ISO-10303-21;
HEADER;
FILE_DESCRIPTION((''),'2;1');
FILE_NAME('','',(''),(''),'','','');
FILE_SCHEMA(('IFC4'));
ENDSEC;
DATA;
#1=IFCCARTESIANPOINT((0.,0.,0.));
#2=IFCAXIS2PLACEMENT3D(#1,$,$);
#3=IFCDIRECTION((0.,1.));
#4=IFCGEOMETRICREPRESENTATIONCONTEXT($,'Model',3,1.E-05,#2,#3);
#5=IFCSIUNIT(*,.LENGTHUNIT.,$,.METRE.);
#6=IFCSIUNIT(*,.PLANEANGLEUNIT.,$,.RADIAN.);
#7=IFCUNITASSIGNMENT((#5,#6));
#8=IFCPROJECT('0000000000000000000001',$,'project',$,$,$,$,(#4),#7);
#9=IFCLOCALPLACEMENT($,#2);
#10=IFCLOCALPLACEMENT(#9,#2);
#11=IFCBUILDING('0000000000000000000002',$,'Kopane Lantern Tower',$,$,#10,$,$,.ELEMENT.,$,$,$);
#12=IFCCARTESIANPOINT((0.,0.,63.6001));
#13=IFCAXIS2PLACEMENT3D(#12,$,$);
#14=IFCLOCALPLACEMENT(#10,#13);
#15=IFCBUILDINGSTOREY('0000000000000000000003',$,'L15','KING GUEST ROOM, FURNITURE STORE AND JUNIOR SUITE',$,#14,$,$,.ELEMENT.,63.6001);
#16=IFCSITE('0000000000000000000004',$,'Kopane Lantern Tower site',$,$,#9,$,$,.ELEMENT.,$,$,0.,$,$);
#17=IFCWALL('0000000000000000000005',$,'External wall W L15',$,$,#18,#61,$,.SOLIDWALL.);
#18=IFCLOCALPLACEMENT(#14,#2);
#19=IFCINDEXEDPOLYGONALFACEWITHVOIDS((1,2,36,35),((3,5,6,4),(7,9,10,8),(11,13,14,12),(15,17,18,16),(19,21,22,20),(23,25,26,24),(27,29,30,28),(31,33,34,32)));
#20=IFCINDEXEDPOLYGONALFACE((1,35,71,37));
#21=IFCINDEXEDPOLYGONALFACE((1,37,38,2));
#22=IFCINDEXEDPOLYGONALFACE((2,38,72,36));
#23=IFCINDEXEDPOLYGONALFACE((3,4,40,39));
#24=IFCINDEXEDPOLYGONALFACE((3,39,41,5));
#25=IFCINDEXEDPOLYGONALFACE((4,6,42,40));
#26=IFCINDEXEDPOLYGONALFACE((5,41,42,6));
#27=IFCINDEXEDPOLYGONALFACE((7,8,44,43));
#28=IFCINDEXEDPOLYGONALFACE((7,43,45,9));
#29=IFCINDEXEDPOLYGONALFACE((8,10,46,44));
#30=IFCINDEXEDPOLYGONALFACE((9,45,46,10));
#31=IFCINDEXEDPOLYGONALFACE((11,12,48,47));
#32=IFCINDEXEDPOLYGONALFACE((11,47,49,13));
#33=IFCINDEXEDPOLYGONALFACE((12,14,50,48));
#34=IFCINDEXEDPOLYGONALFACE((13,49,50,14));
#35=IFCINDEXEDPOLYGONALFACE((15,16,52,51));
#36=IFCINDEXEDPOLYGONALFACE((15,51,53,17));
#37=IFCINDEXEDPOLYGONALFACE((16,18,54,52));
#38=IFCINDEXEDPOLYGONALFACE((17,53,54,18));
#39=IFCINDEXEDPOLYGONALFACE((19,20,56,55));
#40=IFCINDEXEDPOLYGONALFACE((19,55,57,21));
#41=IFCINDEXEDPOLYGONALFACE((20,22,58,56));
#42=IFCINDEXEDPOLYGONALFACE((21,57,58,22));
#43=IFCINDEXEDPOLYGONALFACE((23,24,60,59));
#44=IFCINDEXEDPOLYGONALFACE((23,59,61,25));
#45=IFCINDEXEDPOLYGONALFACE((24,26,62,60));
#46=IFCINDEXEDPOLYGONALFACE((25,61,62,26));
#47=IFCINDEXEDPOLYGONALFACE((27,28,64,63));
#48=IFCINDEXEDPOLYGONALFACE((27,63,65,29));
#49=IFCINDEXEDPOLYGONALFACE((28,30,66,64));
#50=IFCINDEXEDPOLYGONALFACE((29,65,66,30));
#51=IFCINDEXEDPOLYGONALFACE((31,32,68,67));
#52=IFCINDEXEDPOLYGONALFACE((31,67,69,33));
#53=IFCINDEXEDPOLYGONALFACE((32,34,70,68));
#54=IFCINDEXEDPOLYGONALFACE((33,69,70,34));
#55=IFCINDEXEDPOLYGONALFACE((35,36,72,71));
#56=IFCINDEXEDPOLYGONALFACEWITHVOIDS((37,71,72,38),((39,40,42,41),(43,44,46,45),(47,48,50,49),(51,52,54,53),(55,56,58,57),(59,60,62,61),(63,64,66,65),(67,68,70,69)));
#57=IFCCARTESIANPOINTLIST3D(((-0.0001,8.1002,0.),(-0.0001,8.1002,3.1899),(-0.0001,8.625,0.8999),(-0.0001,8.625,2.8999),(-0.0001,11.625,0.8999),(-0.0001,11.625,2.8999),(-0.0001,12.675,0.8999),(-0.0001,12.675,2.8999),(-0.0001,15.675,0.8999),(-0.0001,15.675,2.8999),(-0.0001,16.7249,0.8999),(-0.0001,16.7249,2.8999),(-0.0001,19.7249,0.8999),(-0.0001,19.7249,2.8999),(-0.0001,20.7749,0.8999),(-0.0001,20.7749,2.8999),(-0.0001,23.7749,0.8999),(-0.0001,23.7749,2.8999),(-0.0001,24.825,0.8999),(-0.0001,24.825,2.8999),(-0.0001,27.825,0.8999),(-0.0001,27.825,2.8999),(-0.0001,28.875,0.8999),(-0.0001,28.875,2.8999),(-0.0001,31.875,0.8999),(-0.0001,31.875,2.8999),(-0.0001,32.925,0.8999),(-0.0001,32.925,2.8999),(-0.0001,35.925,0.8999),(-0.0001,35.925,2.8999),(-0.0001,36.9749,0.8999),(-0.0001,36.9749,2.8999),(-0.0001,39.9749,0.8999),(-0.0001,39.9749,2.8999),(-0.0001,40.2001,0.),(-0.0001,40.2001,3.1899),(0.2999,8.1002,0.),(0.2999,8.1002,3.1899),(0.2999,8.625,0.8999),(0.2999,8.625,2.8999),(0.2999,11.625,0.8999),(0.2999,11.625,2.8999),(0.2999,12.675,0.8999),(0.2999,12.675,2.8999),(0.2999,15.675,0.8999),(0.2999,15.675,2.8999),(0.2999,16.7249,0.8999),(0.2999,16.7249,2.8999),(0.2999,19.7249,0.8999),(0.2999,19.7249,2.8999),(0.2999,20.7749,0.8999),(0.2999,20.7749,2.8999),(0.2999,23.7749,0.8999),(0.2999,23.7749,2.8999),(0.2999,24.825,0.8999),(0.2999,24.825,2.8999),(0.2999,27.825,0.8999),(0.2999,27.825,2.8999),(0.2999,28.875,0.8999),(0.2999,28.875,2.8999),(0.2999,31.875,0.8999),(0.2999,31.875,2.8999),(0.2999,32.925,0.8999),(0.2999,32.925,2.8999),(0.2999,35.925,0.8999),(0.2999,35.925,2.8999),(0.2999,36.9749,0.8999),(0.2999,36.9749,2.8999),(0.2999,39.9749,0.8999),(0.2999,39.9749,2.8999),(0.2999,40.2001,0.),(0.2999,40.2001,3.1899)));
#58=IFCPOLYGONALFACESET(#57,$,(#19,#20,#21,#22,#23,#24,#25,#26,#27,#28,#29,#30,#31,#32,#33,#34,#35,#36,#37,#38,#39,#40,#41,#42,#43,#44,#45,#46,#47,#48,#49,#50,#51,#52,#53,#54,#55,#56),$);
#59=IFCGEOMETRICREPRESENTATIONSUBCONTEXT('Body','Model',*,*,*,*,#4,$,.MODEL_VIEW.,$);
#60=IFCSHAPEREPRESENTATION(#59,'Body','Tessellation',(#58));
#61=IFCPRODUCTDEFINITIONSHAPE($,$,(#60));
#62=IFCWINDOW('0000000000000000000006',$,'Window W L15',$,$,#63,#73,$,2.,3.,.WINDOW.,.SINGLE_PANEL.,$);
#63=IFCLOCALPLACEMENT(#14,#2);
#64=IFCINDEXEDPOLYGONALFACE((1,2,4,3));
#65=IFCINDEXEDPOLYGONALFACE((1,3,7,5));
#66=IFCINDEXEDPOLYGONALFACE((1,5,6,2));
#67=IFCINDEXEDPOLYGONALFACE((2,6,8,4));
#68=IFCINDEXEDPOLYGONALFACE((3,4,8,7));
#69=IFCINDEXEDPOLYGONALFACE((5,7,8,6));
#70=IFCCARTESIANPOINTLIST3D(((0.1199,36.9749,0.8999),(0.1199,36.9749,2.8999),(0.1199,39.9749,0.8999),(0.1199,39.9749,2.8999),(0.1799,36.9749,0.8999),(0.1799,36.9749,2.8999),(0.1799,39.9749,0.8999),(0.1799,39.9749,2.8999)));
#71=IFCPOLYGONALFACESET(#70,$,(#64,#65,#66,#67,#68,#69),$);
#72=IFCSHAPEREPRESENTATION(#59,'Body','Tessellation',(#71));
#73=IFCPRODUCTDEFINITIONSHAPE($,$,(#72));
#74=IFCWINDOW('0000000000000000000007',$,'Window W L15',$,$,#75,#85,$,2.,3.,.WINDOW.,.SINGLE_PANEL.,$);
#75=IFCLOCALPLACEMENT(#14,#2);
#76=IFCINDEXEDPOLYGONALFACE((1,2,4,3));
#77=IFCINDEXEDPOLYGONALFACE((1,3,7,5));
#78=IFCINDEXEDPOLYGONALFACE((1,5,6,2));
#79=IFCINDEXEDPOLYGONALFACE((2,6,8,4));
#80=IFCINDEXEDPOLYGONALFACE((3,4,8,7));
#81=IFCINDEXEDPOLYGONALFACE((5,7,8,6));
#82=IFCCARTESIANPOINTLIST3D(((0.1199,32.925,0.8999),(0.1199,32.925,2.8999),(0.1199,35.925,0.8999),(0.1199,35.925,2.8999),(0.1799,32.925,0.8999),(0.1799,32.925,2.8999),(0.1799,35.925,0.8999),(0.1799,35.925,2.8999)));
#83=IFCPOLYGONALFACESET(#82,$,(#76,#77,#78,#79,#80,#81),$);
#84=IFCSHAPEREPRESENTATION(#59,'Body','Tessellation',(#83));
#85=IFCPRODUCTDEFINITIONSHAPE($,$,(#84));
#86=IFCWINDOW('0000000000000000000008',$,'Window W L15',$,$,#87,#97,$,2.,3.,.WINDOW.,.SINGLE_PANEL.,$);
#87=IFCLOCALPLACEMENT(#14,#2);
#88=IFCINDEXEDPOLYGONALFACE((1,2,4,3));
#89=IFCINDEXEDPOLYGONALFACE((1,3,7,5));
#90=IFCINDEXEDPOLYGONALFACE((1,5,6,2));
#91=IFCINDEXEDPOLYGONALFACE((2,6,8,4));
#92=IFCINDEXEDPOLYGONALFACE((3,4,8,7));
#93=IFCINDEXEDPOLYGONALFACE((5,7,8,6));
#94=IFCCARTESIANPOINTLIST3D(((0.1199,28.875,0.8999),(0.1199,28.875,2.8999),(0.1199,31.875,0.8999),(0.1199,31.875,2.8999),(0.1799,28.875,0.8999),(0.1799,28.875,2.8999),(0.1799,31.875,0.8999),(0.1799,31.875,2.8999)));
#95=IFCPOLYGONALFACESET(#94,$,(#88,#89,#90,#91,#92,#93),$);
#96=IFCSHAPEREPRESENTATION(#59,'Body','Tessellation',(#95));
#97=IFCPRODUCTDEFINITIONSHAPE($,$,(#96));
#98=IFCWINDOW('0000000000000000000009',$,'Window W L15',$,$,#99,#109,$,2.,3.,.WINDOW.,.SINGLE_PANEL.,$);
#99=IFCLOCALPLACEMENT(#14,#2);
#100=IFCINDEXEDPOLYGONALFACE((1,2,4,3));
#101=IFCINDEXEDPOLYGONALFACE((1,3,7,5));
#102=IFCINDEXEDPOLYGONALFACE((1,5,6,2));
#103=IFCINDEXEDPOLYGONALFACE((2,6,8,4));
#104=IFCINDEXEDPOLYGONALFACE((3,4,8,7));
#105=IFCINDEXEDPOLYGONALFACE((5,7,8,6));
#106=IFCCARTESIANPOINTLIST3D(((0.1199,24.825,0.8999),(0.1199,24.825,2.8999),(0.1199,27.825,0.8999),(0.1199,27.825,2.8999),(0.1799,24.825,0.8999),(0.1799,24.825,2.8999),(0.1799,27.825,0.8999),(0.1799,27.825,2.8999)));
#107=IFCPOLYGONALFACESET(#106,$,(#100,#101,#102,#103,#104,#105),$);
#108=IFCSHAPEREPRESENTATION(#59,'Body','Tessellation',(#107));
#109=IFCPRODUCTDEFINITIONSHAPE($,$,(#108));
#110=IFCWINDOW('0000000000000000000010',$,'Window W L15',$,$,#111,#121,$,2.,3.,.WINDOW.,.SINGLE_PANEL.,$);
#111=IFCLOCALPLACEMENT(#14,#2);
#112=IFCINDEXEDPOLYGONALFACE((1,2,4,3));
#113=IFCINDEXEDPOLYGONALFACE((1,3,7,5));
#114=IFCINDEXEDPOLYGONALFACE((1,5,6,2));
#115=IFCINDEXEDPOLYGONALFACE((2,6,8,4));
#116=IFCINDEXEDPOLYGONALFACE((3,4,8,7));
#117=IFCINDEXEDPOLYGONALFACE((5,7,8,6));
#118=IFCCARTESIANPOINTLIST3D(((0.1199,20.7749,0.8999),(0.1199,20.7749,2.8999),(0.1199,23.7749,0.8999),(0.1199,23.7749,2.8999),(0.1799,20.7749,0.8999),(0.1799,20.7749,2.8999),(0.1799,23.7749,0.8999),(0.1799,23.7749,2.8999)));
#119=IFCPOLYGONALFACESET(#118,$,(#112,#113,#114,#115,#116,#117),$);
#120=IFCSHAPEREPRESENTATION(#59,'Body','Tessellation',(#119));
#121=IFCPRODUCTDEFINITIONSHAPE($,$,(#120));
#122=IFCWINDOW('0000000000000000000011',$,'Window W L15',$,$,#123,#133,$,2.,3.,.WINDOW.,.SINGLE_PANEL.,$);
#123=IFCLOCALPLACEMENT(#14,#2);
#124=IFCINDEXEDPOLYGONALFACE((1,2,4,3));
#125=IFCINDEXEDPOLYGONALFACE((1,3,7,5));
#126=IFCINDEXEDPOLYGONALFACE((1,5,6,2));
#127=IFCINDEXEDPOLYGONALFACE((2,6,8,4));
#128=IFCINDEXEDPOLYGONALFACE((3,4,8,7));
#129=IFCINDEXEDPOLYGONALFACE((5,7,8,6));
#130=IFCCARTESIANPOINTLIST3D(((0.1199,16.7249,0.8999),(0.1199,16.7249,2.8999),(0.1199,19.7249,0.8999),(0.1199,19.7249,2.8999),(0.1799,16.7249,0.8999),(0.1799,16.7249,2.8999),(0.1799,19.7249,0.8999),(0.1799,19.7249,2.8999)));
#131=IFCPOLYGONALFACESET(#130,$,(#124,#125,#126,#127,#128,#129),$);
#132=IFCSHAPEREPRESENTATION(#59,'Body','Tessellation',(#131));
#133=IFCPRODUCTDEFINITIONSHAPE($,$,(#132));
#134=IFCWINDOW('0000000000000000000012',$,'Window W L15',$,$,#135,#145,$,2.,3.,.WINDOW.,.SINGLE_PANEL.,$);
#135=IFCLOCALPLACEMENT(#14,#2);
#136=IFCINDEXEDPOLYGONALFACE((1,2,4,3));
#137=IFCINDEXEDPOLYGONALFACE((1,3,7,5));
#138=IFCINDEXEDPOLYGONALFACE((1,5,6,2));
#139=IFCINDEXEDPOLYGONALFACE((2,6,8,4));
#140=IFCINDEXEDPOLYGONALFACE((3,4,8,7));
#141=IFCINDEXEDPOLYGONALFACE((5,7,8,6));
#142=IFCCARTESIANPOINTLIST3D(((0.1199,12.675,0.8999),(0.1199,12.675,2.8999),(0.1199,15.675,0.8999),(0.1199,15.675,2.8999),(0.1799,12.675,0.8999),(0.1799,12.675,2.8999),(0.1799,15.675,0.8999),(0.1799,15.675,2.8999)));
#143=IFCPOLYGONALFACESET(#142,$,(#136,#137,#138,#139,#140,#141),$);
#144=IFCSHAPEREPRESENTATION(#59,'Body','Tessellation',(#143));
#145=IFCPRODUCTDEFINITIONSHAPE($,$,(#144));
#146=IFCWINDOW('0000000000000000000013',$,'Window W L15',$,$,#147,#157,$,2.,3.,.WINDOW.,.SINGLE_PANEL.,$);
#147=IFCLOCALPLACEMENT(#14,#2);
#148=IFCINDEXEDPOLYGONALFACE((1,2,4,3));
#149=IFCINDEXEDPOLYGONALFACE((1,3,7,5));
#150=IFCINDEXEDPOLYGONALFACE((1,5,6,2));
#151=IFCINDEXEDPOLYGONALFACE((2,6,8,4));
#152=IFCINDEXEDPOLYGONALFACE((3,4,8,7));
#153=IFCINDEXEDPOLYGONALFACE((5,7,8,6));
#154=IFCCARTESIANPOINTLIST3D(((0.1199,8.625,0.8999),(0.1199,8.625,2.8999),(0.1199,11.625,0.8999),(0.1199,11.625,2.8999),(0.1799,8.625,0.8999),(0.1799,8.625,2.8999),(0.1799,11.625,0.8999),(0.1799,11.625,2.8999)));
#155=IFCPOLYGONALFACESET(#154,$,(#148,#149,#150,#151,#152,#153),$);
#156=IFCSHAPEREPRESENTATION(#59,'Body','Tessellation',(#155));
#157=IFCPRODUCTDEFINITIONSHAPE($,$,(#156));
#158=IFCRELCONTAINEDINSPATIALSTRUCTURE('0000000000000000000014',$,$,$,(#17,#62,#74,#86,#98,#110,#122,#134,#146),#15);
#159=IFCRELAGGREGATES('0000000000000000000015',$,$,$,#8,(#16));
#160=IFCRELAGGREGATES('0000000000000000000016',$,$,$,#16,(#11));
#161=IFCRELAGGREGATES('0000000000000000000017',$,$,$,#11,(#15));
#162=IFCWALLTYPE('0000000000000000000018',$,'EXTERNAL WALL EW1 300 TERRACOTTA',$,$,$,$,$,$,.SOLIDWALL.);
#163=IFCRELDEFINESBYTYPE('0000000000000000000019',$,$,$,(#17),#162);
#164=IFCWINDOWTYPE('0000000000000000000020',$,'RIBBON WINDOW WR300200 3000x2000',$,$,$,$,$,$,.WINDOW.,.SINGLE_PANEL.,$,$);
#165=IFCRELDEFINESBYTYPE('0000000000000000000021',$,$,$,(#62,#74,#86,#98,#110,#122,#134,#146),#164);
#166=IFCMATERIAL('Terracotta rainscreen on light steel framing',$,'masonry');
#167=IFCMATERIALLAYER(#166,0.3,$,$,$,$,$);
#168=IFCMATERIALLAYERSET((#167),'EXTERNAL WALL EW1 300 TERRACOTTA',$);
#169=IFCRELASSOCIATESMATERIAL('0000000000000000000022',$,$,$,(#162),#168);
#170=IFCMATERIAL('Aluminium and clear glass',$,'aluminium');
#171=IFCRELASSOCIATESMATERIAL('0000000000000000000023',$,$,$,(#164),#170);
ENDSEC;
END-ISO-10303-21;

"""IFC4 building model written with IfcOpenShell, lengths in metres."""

from ifc_helpers import new_model, si_unit, direction, frame, frame_2d, origin, place, context, subcontext, project, spatial, rectangle, extrude, material, layer, layer_set, type_object, element, fill, save


model = new_model("IFC4")

# Units and contexts
model_context = context("Model", 3, precision=1e-05, world=origin(), true_north=direction((0.0, 1.0)))
body_context = subcontext(model_context, "Body", "Model", "MODEL_VIEW")
ifc_project = project(units=[si_unit("LENGTHUNIT", "METRE"), si_unit("PLANEANGLEUNIT", "RADIAN")], contexts=[model_context])

# Site, building, storey
site_placement = place(None, origin())
site = spatial("IfcSite", under=ifc_project, at=site_placement, Name="Kopane Lantern Tower site", CompositionType="ELEMENT", RefElevation=0.0)
building_placement = place(site_placement, origin())
building = spatial("IfcBuilding", under=site, at=building_placement, Name="Kopane Lantern Tower", CompositionType="ELEMENT")
storey_placement = place(building_placement, frame((0.0, 0.0, 63.6001)))
storey = spatial("IfcBuildingStorey", under=building, at=storey_placement, Name="L15", Description="KING GUEST ROOM, FURNITURE STORE AND JUNIOR SUITE", CompositionType="ELEMENT", Elevation=63.6001)

# Shared definitions
ifc_material_1 = material(Name="Terracotta rainscreen on light steel framing", Category="masonry")
ifc_layer_1 = layer(ifc_material_1, 0.3)
ifc_layer_set_1 = layer_set([ifc_layer_1], Name="EXTERNAL WALL EW1 300 TERRACOTTA")
wall_type_1 = type_object("IfcWallType", Name="EXTERNAL WALL EW1 300 TERRACOTTA", PredefinedType="SOLIDWALL", material=ifc_layer_set_1)

# Wall, openings, windows
wall_1_placement = place(storey_placement, frame((0.1499, 40.2, 0.0), z_axis=(0.0, 0.0, 1.0), x_axis=(0.0, -1.0, 0.0)))
wall_1 = element("IfcWall", 1, at=wall_1_placement, inside=storey, type_object=wall_type_1, Name="External wall W L15", PredefinedType="SOLIDWALL", context=body_context, shape_type="SweptSolid", body=[
    extrude(rectangle(XDim=32.0999, YDim=0.3, at=frame_2d((16.0498, 0.0))), origin(), (0.0, 0.0, 1.0), 3.1899),
])
opening_1_placement = place(wall_1_placement, frame((0.2251, 0.0, 0.8999)))
opening_1 = element("IfcOpeningElement", 2, at=opening_1_placement, cuts=wall_1, PredefinedType="OPENING", context=body_context, shape_type="SweptSolid", body=[
    extrude(rectangle(XDim=3.0, YDim=2.0, at=frame_2d((1.5, 1.0))), frame((0.0, 0.1599, 0.0), z_axis=(0.0, -1.0, 0.0), x_axis=(1.0, 0.0, 0.0)), (0.0, 0.0, 1.0), 0.3201),
])
opening_2_placement = place(wall_1_placement, frame((4.2749, 0.0, 0.8999)))
opening_2 = element("IfcOpeningElement", 3, at=opening_2_placement, cuts=wall_1, PredefinedType="OPENING", context=body_context, shape_type="SweptSolid", body=[
    extrude(rectangle(XDim=3.0, YDim=2.0, at=frame_2d((1.5, 1.0))), frame((0.0, 0.1599, 0.0), z_axis=(0.0, -1.0, 0.0), x_axis=(1.0, 0.0, 0.0)), (0.0, 0.0, 1.0), 0.3201),
])
opening_3_placement = place(wall_1_placement, frame((8.325, 0.0, 0.8999)))
opening_3 = element("IfcOpeningElement", 4, at=opening_3_placement, cuts=wall_1, PredefinedType="OPENING", context=body_context, shape_type="SweptSolid", body=[
    extrude(rectangle(XDim=3.0, YDim=2.0, at=frame_2d((1.5, 1.0))), frame((0.0, 0.1599, 0.0), z_axis=(0.0, -1.0, 0.0), x_axis=(1.0, 0.0, 0.0)), (0.0, 0.0, 1.0), 0.3201),
])
opening_4_placement = place(wall_1_placement, frame((12.375, 0.0, 0.8999)))
opening_4 = element("IfcOpeningElement", 5, at=opening_4_placement, cuts=wall_1, PredefinedType="OPENING", context=body_context, shape_type="SweptSolid", body=[
    extrude(rectangle(XDim=3.0, YDim=2.0, at=frame_2d((1.5, 1.0))), frame((0.0, 0.1599, 0.0), z_axis=(0.0, -1.0, 0.0), x_axis=(1.0, 0.0, 0.0)), (0.0, 0.0, 1.0), 0.3201),
])
opening_5_placement = place(wall_1_placement, frame((16.425, 0.0, 0.8999)))
opening_5 = element("IfcOpeningElement", 6, at=opening_5_placement, cuts=wall_1, PredefinedType="OPENING", context=body_context, shape_type="SweptSolid", body=[
    extrude(rectangle(XDim=3.0, YDim=2.0, at=frame_2d((1.5, 1.0))), frame((0.0, 0.1599, 0.0), z_axis=(0.0, -1.0, 0.0), x_axis=(1.0, 0.0, 0.0)), (0.0, 0.0, 1.0), 0.3201),
])
opening_6_placement = place(wall_1_placement, frame((20.4751, 0.0, 0.8999)))
opening_6 = element("IfcOpeningElement", 7, at=opening_6_placement, cuts=wall_1, PredefinedType="OPENING", context=body_context, shape_type="SweptSolid", body=[
    extrude(rectangle(XDim=3.0, YDim=2.0, at=frame_2d((1.5, 1.0))), frame((0.0, 0.1599, 0.0), z_axis=(0.0, -1.0, 0.0), x_axis=(1.0, 0.0, 0.0)), (0.0, 0.0, 1.0), 0.3201),
])
opening_7_placement = place(wall_1_placement, frame((24.5249, 0.0, 0.8999)))
opening_7 = element("IfcOpeningElement", 8, at=opening_7_placement, cuts=wall_1, PredefinedType="OPENING", context=body_context, shape_type="SweptSolid", body=[
    extrude(rectangle(XDim=3.0, YDim=2.0, at=frame_2d((1.5, 1.0))), frame((0.0, 0.1599, 0.0), z_axis=(0.0, -1.0, 0.0), x_axis=(1.0, 0.0, 0.0)), (0.0, 0.0, 1.0), 0.3201),
])
opening_8_placement = place(wall_1_placement, frame((28.575, 0.0, 0.8999)))
opening_8 = element("IfcOpeningElement", 9, at=opening_8_placement, cuts=wall_1, PredefinedType="OPENING", context=body_context, shape_type="SweptSolid", body=[
    extrude(rectangle(XDim=3.0, YDim=2.0, at=frame_2d((1.5, 1.0))), frame((0.0, 0.1599, 0.0), z_axis=(0.0, -1.0, 0.0), x_axis=(1.0, 0.0, 0.0)), (0.0, 0.0, 1.0), 0.3201),
])
ifc_material_2 = material(Name="Aluminium and clear glass", Category="aluminium")
window_type_1 = type_object("IfcWindowType", Name="RIBBON WINDOW WR300200 3000x2000", PartitioningType="SINGLE_PANEL", PredefinedType="WINDOW", material=ifc_material_2)
window_1_placement = place(opening_1_placement, origin())
window_1 = element("IfcWindow", 10, at=window_1_placement, inside=storey, type_object=window_type_1, Name="Window W L15", OverallHeight=2.0, OverallWidth=3.0, PartitioningType="SINGLE_PANEL", PredefinedType="WINDOW", context=body_context, shape_type="SweptSolid", body=[
    extrude(rectangle(XDim=3.0, YDim=2.0, at=frame_2d((1.5, 1.0))), frame((0.0, 0.03, 0.0), z_axis=(0.0, -1.0, 0.0), x_axis=(1.0, 0.0, 0.0)), (0.0, 0.0, 1.0), 0.0601),
])
fill(opening_1, window_1)
window_2_placement = place(opening_2_placement, origin())
window_2 = element("IfcWindow", 11, at=window_2_placement, inside=storey, type_object=window_type_1, Name="Window W L15", OverallHeight=2.0, OverallWidth=3.0, PartitioningType="SINGLE_PANEL", PredefinedType="WINDOW", context=body_context, shape_type="SweptSolid", body=[
    extrude(rectangle(XDim=3.0, YDim=2.0, at=frame_2d((1.5, 1.0))), frame((0.0, 0.03, 0.0), z_axis=(0.0, -1.0, 0.0), x_axis=(1.0, 0.0, 0.0)), (0.0, 0.0, 1.0), 0.0601),
])
fill(opening_2, window_2)
window_3_placement = place(opening_3_placement, origin())
window_3 = element("IfcWindow", 12, at=window_3_placement, inside=storey, type_object=window_type_1, Name="Window W L15", OverallHeight=2.0, OverallWidth=3.0, PartitioningType="SINGLE_PANEL", PredefinedType="WINDOW", context=body_context, shape_type="SweptSolid", body=[
    extrude(rectangle(XDim=3.0, YDim=2.0, at=frame_2d((1.5, 1.0))), frame((0.0, 0.03, 0.0), z_axis=(0.0, -1.0, 0.0), x_axis=(1.0, 0.0, 0.0)), (0.0, 0.0, 1.0), 0.0601),
])
fill(opening_3, window_3)
window_4_placement = place(opening_4_placement, origin())
window_4 = element("IfcWindow", 13, at=window_4_placement, inside=storey, type_object=window_type_1, Name="Window W L15", OverallHeight=2.0, OverallWidth=3.0, PartitioningType="SINGLE_PANEL", PredefinedType="WINDOW", context=body_context, shape_type="SweptSolid", body=[
    extrude(rectangle(XDim=3.0, YDim=2.0, at=frame_2d((1.5, 1.0))), frame((0.0, 0.03, 0.0), z_axis=(0.0, -1.0, 0.0), x_axis=(1.0, 0.0, 0.0)), (0.0, 0.0, 1.0), 0.0601),
])
fill(opening_4, window_4)
window_5_placement = place(opening_5_placement, origin())
window_5 = element("IfcWindow", 14, at=window_5_placement, inside=storey, type_object=window_type_1, Name="Window W L15", OverallHeight=2.0, OverallWidth=3.0, PartitioningType="SINGLE_PANEL", PredefinedType="WINDOW", context=body_context, shape_type="SweptSolid", body=[
    extrude(rectangle(XDim=3.0, YDim=2.0, at=frame_2d((1.5, 1.0))), frame((0.0, 0.03, 0.0), z_axis=(0.0, -1.0, 0.0), x_axis=(1.0, 0.0, 0.0)), (0.0, 0.0, 1.0), 0.0601),
])
fill(opening_5, window_5)
window_6_placement = place(opening_6_placement, origin())
window_6 = element("IfcWindow", 15, at=window_6_placement, inside=storey, type_object=window_type_1, Name="Window W L15", OverallHeight=2.0, OverallWidth=3.0, PartitioningType="SINGLE_PANEL", PredefinedType="WINDOW", context=body_context, shape_type="SweptSolid", body=[
    extrude(rectangle(XDim=3.0, YDim=2.0, at=frame_2d((1.5, 1.0))), frame((0.0, 0.03, 0.0), z_axis=(0.0, -1.0, 0.0), x_axis=(1.0, 0.0, 0.0)), (0.0, 0.0, 1.0), 0.0601),
])
fill(opening_6, window_6)
window_7_placement = place(opening_7_placement, origin())
window_7 = element("IfcWindow", 16, at=window_7_placement, inside=storey, type_object=window_type_1, Name="Window W L15", OverallHeight=2.0, OverallWidth=3.0, PartitioningType="SINGLE_PANEL", PredefinedType="WINDOW", context=body_context, shape_type="SweptSolid", body=[
    extrude(rectangle(XDim=3.0, YDim=2.0, at=frame_2d((1.5, 1.0))), frame((0.0, 0.03, 0.0), z_axis=(0.0, -1.0, 0.0), x_axis=(1.0, 0.0, 0.0)), (0.0, 0.0, 1.0), 0.0601),
])
fill(opening_7, window_7)
window_8_placement = place(opening_8_placement, origin())
window_8 = element("IfcWindow", 17, at=window_8_placement, inside=storey, type_object=window_type_1, Name="Window W L15", OverallHeight=2.0, OverallWidth=3.0, PartitioningType="SINGLE_PANEL", PredefinedType="WINDOW", context=body_context, shape_type="SweptSolid", body=[
    extrude(rectangle(XDim=3.0, YDim=2.0, at=frame_2d((1.5, 1.0))), frame((0.0, 0.03, 0.0), z_axis=(0.0, -1.0, 0.0), x_axis=(1.0, 0.0, 0.0)), (0.0, 0.0, 1.0), 0.0601),
])
fill(opening_8, window_8)

save(model, "model.ifc")
